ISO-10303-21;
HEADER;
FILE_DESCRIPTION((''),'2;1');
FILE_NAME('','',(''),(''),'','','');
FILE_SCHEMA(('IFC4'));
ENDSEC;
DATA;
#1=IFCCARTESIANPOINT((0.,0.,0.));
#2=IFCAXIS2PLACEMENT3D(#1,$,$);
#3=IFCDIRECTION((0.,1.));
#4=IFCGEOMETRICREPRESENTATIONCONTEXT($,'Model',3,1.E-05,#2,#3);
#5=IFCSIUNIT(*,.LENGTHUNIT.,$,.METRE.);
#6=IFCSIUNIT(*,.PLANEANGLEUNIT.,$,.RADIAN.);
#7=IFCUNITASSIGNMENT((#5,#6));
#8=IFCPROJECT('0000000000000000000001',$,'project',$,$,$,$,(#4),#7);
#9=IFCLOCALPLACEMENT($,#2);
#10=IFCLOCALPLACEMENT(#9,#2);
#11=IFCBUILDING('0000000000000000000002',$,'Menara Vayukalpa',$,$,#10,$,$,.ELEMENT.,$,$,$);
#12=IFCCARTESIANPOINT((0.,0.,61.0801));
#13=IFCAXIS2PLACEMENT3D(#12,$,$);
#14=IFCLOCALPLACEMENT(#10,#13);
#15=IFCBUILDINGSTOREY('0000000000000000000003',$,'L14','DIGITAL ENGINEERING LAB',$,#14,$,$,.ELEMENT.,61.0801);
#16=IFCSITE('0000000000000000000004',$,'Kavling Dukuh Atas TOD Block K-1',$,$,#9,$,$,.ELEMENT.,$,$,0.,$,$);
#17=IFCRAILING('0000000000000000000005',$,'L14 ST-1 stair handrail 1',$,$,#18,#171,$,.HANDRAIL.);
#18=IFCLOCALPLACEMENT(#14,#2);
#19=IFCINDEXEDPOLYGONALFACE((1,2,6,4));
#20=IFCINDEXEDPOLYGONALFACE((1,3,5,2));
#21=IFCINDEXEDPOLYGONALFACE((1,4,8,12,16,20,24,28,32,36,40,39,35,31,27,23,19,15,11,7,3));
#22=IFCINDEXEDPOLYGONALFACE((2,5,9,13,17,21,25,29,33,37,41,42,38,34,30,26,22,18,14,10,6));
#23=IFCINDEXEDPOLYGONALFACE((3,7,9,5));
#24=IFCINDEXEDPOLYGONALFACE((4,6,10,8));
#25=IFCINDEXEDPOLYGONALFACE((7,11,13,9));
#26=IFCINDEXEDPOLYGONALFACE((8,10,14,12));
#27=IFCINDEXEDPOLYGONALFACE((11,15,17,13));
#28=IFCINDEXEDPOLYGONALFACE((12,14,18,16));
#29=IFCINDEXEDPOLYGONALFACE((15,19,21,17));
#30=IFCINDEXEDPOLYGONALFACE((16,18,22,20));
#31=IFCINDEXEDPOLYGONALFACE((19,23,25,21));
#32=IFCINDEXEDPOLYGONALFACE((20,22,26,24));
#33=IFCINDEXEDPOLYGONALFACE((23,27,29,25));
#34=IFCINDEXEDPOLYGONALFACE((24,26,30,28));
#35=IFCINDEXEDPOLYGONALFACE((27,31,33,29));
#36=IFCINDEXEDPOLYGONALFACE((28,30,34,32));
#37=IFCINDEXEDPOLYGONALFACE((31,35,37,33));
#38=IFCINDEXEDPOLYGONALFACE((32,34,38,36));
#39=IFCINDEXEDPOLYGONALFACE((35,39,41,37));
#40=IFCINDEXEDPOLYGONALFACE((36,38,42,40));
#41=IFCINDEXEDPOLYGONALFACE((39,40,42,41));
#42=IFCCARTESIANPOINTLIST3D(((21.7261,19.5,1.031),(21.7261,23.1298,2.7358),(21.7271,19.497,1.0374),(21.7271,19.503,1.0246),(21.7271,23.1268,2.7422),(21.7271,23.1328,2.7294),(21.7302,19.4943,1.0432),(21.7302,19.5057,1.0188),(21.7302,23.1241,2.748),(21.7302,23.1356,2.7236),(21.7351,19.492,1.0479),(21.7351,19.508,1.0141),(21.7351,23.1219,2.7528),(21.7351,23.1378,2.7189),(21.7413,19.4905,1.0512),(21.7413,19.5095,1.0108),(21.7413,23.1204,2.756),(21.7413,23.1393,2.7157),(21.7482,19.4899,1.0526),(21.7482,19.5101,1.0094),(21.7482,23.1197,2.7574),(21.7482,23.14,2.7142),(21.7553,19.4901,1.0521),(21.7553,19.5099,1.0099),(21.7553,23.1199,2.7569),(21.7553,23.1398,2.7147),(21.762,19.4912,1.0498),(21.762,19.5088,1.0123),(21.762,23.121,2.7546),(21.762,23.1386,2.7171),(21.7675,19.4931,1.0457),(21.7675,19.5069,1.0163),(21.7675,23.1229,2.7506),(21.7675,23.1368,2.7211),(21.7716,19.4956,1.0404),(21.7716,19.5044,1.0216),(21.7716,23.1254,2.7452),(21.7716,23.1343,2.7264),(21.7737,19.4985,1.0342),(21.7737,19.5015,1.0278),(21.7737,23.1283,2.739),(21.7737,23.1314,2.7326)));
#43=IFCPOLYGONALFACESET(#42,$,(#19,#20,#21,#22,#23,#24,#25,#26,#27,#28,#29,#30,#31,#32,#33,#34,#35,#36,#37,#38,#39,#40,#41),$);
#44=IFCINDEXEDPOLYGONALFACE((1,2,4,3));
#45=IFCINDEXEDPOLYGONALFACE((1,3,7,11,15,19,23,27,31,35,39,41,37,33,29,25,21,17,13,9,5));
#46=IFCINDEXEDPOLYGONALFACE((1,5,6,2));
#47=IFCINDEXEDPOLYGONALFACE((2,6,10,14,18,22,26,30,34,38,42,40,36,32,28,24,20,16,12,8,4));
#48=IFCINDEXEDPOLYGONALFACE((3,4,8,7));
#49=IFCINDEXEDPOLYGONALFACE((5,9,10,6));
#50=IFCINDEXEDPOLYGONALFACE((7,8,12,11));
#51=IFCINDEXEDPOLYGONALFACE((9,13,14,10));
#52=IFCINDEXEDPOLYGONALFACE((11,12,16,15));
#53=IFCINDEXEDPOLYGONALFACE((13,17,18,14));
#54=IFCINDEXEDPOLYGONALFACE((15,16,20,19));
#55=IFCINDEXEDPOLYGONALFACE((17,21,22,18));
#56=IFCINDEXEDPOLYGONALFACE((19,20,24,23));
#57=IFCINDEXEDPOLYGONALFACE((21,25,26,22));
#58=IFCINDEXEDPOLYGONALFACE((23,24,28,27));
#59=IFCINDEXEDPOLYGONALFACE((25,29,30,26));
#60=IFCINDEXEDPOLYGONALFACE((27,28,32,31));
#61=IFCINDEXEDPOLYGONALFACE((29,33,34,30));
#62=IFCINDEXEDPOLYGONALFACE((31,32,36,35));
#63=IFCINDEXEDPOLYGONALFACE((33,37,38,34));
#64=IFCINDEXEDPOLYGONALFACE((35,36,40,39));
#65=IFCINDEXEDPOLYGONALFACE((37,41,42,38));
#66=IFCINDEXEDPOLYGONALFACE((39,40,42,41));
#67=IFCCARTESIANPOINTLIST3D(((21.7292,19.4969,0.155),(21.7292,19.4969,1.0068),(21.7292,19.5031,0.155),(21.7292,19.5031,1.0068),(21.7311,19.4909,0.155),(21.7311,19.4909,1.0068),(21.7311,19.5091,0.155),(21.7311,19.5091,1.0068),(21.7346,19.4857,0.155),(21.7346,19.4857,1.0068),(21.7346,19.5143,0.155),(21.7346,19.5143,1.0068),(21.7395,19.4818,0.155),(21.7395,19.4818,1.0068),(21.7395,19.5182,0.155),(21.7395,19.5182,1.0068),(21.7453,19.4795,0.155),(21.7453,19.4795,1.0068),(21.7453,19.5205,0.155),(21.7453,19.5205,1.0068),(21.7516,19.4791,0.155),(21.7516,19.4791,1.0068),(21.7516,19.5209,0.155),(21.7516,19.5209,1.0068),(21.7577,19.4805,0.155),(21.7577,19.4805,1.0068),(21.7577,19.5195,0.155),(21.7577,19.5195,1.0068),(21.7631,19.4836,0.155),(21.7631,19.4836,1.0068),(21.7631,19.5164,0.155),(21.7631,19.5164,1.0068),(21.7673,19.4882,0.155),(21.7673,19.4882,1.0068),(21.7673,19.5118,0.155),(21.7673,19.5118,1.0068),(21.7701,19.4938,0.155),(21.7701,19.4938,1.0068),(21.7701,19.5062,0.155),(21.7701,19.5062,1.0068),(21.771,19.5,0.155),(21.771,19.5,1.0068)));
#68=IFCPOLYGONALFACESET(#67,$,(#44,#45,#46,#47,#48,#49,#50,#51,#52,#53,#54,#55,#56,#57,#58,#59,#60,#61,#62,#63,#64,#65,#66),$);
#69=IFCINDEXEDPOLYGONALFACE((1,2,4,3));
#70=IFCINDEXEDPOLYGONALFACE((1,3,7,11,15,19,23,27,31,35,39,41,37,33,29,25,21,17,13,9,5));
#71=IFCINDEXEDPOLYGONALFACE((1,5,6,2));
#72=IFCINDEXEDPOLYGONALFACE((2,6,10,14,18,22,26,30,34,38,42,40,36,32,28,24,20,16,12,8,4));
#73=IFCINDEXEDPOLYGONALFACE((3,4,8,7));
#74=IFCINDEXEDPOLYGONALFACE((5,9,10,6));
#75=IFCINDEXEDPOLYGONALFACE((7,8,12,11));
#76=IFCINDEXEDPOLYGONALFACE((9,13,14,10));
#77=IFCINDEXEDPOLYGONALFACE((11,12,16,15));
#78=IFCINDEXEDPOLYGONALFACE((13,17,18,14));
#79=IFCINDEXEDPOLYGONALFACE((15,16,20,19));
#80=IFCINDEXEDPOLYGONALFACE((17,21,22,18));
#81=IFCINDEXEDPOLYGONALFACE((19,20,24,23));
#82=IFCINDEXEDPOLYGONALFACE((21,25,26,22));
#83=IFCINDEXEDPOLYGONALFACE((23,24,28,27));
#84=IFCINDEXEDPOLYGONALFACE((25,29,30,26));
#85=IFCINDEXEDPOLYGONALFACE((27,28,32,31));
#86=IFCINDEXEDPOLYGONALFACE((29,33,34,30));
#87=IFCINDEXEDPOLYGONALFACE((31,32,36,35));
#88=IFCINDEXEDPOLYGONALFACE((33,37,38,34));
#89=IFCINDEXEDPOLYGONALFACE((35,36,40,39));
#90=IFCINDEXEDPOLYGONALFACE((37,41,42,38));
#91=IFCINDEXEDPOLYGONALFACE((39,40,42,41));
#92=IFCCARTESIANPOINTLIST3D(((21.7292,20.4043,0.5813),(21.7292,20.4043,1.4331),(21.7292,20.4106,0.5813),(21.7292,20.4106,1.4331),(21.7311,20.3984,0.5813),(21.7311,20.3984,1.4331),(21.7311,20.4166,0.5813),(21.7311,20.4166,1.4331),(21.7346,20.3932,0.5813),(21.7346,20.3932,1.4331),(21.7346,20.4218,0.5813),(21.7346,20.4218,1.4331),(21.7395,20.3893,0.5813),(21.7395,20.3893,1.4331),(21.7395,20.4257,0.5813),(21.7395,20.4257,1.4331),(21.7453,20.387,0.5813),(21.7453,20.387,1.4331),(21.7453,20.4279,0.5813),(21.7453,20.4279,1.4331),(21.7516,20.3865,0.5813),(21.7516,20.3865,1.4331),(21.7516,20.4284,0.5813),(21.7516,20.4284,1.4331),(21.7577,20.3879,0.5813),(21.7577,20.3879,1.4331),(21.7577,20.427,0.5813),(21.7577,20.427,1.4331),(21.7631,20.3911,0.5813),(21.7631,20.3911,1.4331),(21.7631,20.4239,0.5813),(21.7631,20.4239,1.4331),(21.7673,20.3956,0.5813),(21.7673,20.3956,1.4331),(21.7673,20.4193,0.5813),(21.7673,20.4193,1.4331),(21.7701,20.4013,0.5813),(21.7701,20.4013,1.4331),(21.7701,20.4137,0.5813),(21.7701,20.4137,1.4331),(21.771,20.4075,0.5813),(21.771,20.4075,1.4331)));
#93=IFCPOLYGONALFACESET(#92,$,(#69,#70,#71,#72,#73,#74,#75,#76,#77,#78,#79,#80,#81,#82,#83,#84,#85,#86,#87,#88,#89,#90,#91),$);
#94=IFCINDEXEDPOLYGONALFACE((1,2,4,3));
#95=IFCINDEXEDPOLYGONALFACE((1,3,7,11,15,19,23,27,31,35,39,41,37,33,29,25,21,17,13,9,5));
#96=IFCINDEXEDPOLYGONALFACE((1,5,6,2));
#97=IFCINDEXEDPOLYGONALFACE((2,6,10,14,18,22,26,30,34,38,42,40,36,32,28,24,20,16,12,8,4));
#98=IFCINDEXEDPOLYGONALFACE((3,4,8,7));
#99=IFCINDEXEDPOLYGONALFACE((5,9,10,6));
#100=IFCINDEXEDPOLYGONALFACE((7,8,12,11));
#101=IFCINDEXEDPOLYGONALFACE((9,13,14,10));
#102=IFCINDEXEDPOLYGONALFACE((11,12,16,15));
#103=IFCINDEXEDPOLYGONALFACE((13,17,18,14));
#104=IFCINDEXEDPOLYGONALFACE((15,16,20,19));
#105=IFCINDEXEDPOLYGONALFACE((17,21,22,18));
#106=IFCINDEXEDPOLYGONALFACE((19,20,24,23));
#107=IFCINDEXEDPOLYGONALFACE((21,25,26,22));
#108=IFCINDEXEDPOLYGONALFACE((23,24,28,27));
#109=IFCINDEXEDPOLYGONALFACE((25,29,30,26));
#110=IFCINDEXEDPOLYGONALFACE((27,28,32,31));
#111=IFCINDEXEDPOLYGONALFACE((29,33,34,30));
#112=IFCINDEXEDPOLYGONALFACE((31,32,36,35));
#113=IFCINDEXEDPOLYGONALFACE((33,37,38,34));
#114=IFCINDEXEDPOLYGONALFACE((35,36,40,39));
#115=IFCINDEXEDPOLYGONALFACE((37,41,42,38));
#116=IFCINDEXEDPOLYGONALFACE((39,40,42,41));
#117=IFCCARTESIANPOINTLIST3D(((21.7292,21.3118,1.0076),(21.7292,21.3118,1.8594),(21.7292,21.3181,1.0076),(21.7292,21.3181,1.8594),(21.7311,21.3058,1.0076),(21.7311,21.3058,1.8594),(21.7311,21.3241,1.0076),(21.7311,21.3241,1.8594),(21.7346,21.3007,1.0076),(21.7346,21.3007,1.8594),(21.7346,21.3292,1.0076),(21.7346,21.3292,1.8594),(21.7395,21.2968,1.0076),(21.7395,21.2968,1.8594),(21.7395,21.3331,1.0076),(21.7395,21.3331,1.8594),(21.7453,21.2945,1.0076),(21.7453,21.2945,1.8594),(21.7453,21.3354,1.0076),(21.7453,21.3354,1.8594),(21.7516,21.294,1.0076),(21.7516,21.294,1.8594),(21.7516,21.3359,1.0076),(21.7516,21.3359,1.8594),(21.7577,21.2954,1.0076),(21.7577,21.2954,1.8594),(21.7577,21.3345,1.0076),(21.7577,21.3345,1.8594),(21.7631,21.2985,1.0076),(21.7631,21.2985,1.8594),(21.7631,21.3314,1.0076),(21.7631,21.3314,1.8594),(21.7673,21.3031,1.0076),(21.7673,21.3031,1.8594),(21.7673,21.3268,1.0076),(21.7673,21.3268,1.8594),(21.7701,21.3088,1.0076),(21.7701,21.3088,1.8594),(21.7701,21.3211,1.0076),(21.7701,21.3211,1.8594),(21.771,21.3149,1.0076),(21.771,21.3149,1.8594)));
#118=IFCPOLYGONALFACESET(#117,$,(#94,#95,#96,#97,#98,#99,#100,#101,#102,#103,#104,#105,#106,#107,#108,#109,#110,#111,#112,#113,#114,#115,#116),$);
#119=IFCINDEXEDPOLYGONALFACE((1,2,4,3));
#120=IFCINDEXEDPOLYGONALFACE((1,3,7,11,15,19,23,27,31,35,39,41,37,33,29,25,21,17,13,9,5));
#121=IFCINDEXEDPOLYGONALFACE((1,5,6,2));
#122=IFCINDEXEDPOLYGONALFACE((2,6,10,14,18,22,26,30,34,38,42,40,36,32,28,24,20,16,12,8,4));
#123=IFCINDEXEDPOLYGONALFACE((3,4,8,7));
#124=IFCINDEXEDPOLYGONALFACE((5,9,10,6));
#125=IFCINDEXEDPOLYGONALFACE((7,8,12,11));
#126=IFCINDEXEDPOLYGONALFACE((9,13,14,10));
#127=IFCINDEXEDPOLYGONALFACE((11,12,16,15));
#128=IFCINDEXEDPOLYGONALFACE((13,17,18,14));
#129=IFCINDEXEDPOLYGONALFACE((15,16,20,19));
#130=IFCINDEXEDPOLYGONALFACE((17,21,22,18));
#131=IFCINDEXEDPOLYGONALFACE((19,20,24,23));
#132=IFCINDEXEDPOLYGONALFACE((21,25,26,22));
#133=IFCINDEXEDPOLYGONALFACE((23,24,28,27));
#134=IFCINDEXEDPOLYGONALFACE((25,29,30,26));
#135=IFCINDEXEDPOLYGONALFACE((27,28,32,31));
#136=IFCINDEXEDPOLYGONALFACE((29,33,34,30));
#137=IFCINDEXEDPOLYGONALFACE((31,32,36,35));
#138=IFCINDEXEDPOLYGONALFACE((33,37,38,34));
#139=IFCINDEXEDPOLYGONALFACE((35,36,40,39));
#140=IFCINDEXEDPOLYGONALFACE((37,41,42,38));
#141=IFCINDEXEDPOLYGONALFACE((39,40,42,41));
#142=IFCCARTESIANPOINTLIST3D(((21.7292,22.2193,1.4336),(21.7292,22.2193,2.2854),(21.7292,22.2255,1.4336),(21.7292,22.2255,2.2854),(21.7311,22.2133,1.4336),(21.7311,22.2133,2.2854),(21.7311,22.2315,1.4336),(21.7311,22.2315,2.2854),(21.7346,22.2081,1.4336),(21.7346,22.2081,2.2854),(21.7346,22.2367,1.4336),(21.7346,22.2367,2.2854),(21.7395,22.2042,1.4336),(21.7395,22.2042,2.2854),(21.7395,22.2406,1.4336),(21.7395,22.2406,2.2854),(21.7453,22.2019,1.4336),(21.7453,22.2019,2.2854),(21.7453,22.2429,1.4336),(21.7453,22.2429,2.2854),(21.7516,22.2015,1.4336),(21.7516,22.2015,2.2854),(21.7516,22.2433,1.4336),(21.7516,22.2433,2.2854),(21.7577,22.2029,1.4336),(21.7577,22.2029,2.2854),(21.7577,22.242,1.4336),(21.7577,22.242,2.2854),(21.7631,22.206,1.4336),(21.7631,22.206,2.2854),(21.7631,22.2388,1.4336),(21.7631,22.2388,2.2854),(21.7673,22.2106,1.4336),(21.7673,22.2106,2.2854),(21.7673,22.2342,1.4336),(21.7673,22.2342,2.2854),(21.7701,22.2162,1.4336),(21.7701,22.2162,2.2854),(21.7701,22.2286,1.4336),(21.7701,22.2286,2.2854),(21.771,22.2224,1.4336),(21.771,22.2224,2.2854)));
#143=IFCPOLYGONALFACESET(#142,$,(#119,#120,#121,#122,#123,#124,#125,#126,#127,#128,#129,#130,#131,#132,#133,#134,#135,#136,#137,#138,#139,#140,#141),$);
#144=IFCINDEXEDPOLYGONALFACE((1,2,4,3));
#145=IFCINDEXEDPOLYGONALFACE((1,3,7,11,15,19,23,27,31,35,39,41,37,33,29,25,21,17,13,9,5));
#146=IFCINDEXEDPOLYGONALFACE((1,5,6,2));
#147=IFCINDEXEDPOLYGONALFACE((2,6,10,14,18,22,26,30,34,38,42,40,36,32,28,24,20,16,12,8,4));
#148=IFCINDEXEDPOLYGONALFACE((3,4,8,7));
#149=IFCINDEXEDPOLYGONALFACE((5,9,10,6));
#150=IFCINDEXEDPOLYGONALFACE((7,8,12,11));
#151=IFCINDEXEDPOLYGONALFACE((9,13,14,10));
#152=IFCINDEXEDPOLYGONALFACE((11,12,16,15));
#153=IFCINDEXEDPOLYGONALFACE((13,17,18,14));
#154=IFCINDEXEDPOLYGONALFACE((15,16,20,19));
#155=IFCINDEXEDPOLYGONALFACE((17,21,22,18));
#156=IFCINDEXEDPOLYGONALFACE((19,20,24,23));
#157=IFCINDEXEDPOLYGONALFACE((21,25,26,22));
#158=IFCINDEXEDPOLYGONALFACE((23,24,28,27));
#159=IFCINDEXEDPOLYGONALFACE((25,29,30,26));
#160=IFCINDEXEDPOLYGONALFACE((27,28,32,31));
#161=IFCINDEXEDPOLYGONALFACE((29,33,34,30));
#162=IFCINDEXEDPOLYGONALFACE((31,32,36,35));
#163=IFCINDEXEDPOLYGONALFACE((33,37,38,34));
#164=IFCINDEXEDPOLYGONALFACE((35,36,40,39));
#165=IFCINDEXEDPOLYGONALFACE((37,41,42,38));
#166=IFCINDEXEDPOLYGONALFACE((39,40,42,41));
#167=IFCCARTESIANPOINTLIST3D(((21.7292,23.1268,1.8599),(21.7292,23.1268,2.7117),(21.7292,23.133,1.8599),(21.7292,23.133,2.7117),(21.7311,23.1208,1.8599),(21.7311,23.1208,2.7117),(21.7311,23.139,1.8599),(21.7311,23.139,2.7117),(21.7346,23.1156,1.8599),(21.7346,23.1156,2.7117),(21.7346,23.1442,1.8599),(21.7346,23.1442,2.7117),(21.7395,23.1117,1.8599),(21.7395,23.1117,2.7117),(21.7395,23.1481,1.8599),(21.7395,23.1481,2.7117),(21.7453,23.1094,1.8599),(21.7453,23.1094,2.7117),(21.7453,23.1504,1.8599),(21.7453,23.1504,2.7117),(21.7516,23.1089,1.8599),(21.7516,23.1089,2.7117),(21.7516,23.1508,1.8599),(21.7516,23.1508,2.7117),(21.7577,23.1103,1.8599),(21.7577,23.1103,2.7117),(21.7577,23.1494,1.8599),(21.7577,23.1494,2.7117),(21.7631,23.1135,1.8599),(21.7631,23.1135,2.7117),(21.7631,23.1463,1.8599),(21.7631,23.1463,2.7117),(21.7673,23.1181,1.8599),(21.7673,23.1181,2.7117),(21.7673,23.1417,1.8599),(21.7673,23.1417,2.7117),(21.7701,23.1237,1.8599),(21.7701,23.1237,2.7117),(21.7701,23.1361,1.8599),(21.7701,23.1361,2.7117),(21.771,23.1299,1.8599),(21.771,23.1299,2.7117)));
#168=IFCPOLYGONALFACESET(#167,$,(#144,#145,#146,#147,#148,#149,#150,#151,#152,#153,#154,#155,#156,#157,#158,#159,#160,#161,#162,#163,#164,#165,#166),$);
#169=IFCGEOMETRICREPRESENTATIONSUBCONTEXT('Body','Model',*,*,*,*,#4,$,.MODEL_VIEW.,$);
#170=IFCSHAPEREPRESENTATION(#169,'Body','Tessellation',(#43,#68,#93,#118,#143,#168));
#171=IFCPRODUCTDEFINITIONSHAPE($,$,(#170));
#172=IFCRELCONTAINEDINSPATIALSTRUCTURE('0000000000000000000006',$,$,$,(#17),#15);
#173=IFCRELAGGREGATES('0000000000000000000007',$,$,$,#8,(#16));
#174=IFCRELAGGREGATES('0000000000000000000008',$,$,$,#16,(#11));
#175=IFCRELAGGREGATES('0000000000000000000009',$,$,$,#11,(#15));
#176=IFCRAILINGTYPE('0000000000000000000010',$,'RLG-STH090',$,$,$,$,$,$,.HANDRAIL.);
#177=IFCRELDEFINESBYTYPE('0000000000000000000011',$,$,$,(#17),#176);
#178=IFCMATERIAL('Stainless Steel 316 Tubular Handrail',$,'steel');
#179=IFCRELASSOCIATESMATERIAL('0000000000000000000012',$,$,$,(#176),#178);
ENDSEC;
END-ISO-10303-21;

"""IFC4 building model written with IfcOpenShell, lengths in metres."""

from ifc_helpers import new_model, si_unit, direction, frame, origin, origin_2d, place, context, subcontext, project, spatial, circle, extrude, material, type_object, element, save


model = new_model("IFC4")

# Units and contexts
model_context = context("Model", 3, precision=1e-05, world=origin(), true_north=direction((0.0, 1.0)))
body_context = subcontext(model_context, "Body", "Model", "MODEL_VIEW")
ifc_project = project(units=[si_unit("LENGTHUNIT", "METRE"), si_unit("PLANEANGLEUNIT", "RADIAN")], contexts=[model_context])

# Site, building, storey
site_placement = place(None, origin())
site = spatial("IfcSite", under=ifc_project, at=site_placement, Name="Kavling Dukuh Atas TOD Block K-1", CompositionType="ELEMENT", RefElevation=0.0)
building_placement = place(site_placement, origin())
building = spatial("IfcBuilding", under=site, at=building_placement, Name="Menara Vayukalpa", CompositionType="ELEMENT")
storey_placement = place(building_placement, frame((0.0, 0.0, 61.0801)))
storey = spatial("IfcBuildingStorey", under=building, at=storey_placement, Name="L14", Description="DIGITAL ENGINEERING LAB", CompositionType="ELEMENT", Elevation=61.0801)

# Railing
ifc_material_1 = material(Name="Stainless Steel 316 Tubular Handrail", Category="steel")
railing_type_1 = type_object("IfcRailingType", Name="RLG-STH090", PredefinedType="HANDRAIL", material=ifc_material_1)
railing_1_placement = place(storey_placement, frame((21.75, 19.5, 0.155)))
element("IfcRailing", 1, at=railing_1_placement, inside=storey, type_object=railing_type_1, Name="L14 ST-1 stair handrail 1", PredefinedType="HANDRAIL", context=body_context, shape_type="SweptSolid", body=[
    extrude(circle(Radius=0.0239, at=origin_2d()), frame((0.0, 0.0, 0.876), z_axis=(0.0, 0.90514, 0.425114), x_axis=(-1.0, 0.0, 0.0)), (0.0, 0.0, 1.0), 4.0103),
    extrude(circle(Radius=0.021, at=origin_2d()), origin(), (0.0, 0.0, 1.0), 0.8518),
    extrude(circle(Radius=0.021, at=origin_2d()), frame((0.0, 0.9075, 0.4263)), (0.0, 0.0, 1.0), 0.8518),
    extrude(circle(Radius=0.021, at=origin_2d()), frame((0.0, 1.8149, 0.8525)), (0.0, 0.0, 1.0), 0.8518),
    extrude(circle(Radius=0.021, at=origin_2d()), frame((0.0, 2.7224, 1.2786)), (0.0, 0.0, 1.0), 0.8518),
    extrude(circle(Radius=0.021, at=origin_2d()), frame((0.0, 3.6299, 1.7048)), (0.0, 0.0, 1.0), 0.8518),
])

save(model, "model.ifc")
